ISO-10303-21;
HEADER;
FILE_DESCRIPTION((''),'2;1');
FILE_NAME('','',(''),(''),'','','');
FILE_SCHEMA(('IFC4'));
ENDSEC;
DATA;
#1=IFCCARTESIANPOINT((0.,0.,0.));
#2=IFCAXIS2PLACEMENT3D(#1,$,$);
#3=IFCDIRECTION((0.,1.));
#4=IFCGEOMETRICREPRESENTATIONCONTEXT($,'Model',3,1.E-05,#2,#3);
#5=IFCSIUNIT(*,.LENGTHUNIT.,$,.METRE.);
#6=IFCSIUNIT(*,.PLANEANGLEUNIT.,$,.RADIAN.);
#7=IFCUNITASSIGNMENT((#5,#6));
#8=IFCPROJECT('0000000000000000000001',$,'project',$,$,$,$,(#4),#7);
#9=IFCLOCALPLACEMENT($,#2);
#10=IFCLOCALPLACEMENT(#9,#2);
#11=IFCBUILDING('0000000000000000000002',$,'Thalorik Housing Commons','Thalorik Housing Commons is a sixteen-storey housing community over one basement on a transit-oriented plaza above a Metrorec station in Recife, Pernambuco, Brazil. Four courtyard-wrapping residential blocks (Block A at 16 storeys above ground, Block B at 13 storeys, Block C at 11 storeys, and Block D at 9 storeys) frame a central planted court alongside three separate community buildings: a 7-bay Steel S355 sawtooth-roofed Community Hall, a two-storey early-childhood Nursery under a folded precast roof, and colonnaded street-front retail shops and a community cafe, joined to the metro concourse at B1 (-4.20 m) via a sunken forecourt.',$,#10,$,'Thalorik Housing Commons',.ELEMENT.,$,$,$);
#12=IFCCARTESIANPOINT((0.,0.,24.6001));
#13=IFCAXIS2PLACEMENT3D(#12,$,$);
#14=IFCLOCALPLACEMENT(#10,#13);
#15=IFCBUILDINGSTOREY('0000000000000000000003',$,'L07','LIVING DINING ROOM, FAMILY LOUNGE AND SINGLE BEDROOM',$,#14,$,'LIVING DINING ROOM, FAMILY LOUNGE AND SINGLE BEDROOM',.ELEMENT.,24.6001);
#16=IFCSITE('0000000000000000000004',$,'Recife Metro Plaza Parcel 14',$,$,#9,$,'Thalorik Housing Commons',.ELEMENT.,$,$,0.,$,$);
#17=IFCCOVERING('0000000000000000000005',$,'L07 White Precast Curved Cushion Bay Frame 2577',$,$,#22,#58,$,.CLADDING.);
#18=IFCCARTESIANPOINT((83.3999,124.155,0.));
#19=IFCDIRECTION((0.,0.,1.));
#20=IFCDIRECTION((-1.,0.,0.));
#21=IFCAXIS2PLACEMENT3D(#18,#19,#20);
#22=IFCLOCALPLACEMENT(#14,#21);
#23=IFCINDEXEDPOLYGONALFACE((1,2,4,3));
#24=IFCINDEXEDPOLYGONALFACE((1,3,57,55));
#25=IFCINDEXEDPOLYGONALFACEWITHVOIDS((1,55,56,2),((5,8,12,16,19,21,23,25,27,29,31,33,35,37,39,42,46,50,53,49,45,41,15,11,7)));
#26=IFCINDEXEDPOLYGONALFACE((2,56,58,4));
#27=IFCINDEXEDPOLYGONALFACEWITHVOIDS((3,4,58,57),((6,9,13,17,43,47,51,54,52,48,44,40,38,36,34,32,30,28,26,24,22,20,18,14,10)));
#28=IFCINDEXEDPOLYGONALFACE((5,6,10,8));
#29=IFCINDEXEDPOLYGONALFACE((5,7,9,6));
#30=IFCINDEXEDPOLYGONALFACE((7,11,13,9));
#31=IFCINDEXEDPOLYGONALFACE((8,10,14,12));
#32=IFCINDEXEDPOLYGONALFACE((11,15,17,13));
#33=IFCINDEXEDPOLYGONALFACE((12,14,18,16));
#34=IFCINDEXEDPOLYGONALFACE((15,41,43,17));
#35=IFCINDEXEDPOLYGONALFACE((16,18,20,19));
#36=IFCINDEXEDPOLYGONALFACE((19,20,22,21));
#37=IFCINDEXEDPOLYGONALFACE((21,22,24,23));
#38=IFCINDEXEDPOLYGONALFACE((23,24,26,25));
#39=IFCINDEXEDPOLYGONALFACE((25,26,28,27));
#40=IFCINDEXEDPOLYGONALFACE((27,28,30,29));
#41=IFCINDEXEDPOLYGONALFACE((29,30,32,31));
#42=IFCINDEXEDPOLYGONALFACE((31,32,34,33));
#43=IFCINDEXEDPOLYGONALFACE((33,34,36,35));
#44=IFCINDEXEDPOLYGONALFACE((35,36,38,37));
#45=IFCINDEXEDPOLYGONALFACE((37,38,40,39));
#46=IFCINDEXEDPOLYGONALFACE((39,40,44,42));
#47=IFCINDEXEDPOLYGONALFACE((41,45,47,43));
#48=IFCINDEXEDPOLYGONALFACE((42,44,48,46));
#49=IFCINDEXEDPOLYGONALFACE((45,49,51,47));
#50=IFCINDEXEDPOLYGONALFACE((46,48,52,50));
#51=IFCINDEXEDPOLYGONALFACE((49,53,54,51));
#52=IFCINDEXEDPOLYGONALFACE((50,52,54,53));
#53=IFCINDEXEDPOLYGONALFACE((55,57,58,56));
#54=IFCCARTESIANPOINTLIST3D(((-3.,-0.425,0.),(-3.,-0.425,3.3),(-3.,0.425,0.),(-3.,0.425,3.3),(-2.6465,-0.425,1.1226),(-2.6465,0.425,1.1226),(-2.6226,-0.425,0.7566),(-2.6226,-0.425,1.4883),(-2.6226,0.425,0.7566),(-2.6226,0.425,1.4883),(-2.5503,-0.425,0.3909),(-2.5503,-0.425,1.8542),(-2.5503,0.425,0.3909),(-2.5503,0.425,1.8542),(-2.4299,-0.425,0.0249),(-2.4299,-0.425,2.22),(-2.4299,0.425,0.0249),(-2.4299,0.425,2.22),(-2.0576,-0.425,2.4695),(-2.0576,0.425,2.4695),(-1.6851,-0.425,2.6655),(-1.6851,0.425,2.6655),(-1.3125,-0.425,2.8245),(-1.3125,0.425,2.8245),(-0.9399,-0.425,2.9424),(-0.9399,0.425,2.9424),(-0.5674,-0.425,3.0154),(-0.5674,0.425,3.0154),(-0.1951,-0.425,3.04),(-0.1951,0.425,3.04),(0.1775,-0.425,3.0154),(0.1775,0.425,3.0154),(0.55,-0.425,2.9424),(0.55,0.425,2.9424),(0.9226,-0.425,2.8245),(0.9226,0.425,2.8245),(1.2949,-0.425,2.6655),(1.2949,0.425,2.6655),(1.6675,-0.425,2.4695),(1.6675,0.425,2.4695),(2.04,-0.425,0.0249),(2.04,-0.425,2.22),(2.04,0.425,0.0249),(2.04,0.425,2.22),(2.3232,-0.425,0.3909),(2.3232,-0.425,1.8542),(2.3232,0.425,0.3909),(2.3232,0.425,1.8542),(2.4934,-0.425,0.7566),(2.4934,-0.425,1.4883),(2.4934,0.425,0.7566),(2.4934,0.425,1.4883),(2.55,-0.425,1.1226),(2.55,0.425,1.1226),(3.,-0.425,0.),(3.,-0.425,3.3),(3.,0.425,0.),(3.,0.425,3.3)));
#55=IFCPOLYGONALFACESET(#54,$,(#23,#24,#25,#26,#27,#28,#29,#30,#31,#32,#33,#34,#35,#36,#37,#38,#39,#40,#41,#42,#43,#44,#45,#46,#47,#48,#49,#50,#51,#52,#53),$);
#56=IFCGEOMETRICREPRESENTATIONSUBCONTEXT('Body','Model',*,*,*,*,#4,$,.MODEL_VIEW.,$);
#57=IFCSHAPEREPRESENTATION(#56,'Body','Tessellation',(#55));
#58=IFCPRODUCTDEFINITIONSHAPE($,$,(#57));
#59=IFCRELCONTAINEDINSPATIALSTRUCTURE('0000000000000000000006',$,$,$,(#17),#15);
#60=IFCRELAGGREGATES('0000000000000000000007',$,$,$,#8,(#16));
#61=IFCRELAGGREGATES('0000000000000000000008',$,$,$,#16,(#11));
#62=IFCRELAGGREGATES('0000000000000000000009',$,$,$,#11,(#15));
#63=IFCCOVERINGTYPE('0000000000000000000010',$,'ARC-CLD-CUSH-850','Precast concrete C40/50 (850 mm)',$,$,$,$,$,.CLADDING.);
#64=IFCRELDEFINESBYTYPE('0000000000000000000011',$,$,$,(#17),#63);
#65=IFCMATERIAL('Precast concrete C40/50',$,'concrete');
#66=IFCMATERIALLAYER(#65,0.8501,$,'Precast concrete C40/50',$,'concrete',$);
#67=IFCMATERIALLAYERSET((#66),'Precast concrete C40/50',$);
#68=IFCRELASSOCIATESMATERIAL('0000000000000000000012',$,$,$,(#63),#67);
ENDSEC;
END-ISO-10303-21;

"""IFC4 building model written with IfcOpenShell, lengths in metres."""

from ifc_helpers import new_model, si_unit, direction, frame, origin, place, context, subcontext, project, spatial, polyline, outline, extrude, material, layer, layer_set, type_object, element, save


model = new_model("IFC4")

# Units and contexts
model_context = context("Model", 3, precision=1e-05, world=origin(), true_north=direction((0.0, 1.0)))
body_context = subcontext(model_context, "Body", "Model", "MODEL_VIEW")
ifc_project = project(units=[si_unit("LENGTHUNIT", "METRE"), si_unit("PLANEANGLEUNIT", "RADIAN")], contexts=[model_context])

# Site, building, storey
site_placement = place(None, origin())
site = spatial("IfcSite", under=ifc_project, at=site_placement, Name="Recife Metro Plaza Parcel 14", LongName="Thalorik Housing Commons", CompositionType="ELEMENT", RefElevation=0.0)
building_placement = place(site_placement, origin())
building = spatial("IfcBuilding", under=site, at=building_placement, Name="Thalorik Housing Commons", Description="Thalorik Housing Commons is a sixteen-storey housing community over one basement on a transit-oriented plaza above a Metrorec station in Recife, Pernambuco, Brazil. Four courtyard-wrapping residential blocks (Block A at 16 storeys above ground, Block B at 13 storeys, Block C at 11 storeys, and Block D at 9 storeys) frame a central planted court alongside three separate community buildings: a 7-bay Steel S355 sawtooth-roofed Community Hall, a two-storey early-childhood Nursery under a folded precast roof, and colonnaded street-front retail shops and a community cafe, joined to the metro concourse at B1 (-4.20 m) via a sunken forecourt.", LongName="Thalorik Housing Commons", CompositionType="ELEMENT")
storey_placement = place(building_placement, frame((0.0, 0.0, 24.6001)))
storey = spatial("IfcBuildingStorey", under=building, at=storey_placement, Name="L07", Description="LIVING DINING ROOM, FAMILY LOUNGE AND SINGLE BEDROOM", LongName="LIVING DINING ROOM, FAMILY LOUNGE AND SINGLE BEDROOM", CompositionType="ELEMENT", Elevation=24.6001)

# Shared definitions
ifc_material_1 = material(Name="Precast concrete C40/50", Category="concrete")

# Covering
ifc_layer_1 = layer(ifc_material_1, 0.8501, Name="Precast concrete C40/50", Category="concrete")
ifc_layer_set_1 = layer_set([ifc_layer_1], Name="Precast concrete C40/50")
covering_type_1 = type_object("IfcCoveringType", Name="ARC-CLD-CUSH-850", Description="Precast concrete C40/50 (850 mm)", PredefinedType="CLADDING", material=ifc_layer_set_1)
covering_1_placement = place(storey_placement, frame((83.3999, 124.155, 0.0), z_axis=(0.0, 0.0, 1.0), x_axis=(-1.0, 0.0, 0.0)))
element("IfcCovering", 1, at=covering_1_placement, inside=storey, type_object=covering_type_1, Name="L07 White Precast Curved Cushion Bay Frame 2577", PredefinedType="CLADDING", context=body_context, shape_type="SweptSolid", body=[
    extrude(outline(polyline([(-3.0, 0.0), (3.0, 0.0), (3.0, 3.3), (-3.0, 3.3), (-3.0, 0.0)]), holes=[polyline([(2.04, 0.0249), (2.3232, 0.3909), (2.4934, 0.7566), (2.55, 1.1226), (2.4934, 1.4883), (2.3232, 1.8542), (2.04, 2.22), (1.6675, 2.4695), (1.2949, 2.6655), (0.9226, 2.8245), (0.55, 2.9424), (0.1775, 3.0154), (-0.1951, 3.04), (-0.5674, 3.0154), (-0.9399, 2.9424), (-1.3125, 2.8245), (-1.6851, 2.6655), (-2.0576, 2.4695), (-2.4299, 2.22), (-2.5503, 1.8542), (-2.6226, 1.4883), (-2.6465, 1.1226), (-2.6226, 0.7566), (-2.5503, 0.3909), (-2.4299, 0.0249), (2.04, 0.0249)])]), frame((0.0, 0.425, 0.0), z_axis=(0.0, -1.0, 0.0), x_axis=(1.0, 0.0, 0.0)), (0.0, 0.0, 1.0), 0.8501),
])

save(model, "model.ifc")
